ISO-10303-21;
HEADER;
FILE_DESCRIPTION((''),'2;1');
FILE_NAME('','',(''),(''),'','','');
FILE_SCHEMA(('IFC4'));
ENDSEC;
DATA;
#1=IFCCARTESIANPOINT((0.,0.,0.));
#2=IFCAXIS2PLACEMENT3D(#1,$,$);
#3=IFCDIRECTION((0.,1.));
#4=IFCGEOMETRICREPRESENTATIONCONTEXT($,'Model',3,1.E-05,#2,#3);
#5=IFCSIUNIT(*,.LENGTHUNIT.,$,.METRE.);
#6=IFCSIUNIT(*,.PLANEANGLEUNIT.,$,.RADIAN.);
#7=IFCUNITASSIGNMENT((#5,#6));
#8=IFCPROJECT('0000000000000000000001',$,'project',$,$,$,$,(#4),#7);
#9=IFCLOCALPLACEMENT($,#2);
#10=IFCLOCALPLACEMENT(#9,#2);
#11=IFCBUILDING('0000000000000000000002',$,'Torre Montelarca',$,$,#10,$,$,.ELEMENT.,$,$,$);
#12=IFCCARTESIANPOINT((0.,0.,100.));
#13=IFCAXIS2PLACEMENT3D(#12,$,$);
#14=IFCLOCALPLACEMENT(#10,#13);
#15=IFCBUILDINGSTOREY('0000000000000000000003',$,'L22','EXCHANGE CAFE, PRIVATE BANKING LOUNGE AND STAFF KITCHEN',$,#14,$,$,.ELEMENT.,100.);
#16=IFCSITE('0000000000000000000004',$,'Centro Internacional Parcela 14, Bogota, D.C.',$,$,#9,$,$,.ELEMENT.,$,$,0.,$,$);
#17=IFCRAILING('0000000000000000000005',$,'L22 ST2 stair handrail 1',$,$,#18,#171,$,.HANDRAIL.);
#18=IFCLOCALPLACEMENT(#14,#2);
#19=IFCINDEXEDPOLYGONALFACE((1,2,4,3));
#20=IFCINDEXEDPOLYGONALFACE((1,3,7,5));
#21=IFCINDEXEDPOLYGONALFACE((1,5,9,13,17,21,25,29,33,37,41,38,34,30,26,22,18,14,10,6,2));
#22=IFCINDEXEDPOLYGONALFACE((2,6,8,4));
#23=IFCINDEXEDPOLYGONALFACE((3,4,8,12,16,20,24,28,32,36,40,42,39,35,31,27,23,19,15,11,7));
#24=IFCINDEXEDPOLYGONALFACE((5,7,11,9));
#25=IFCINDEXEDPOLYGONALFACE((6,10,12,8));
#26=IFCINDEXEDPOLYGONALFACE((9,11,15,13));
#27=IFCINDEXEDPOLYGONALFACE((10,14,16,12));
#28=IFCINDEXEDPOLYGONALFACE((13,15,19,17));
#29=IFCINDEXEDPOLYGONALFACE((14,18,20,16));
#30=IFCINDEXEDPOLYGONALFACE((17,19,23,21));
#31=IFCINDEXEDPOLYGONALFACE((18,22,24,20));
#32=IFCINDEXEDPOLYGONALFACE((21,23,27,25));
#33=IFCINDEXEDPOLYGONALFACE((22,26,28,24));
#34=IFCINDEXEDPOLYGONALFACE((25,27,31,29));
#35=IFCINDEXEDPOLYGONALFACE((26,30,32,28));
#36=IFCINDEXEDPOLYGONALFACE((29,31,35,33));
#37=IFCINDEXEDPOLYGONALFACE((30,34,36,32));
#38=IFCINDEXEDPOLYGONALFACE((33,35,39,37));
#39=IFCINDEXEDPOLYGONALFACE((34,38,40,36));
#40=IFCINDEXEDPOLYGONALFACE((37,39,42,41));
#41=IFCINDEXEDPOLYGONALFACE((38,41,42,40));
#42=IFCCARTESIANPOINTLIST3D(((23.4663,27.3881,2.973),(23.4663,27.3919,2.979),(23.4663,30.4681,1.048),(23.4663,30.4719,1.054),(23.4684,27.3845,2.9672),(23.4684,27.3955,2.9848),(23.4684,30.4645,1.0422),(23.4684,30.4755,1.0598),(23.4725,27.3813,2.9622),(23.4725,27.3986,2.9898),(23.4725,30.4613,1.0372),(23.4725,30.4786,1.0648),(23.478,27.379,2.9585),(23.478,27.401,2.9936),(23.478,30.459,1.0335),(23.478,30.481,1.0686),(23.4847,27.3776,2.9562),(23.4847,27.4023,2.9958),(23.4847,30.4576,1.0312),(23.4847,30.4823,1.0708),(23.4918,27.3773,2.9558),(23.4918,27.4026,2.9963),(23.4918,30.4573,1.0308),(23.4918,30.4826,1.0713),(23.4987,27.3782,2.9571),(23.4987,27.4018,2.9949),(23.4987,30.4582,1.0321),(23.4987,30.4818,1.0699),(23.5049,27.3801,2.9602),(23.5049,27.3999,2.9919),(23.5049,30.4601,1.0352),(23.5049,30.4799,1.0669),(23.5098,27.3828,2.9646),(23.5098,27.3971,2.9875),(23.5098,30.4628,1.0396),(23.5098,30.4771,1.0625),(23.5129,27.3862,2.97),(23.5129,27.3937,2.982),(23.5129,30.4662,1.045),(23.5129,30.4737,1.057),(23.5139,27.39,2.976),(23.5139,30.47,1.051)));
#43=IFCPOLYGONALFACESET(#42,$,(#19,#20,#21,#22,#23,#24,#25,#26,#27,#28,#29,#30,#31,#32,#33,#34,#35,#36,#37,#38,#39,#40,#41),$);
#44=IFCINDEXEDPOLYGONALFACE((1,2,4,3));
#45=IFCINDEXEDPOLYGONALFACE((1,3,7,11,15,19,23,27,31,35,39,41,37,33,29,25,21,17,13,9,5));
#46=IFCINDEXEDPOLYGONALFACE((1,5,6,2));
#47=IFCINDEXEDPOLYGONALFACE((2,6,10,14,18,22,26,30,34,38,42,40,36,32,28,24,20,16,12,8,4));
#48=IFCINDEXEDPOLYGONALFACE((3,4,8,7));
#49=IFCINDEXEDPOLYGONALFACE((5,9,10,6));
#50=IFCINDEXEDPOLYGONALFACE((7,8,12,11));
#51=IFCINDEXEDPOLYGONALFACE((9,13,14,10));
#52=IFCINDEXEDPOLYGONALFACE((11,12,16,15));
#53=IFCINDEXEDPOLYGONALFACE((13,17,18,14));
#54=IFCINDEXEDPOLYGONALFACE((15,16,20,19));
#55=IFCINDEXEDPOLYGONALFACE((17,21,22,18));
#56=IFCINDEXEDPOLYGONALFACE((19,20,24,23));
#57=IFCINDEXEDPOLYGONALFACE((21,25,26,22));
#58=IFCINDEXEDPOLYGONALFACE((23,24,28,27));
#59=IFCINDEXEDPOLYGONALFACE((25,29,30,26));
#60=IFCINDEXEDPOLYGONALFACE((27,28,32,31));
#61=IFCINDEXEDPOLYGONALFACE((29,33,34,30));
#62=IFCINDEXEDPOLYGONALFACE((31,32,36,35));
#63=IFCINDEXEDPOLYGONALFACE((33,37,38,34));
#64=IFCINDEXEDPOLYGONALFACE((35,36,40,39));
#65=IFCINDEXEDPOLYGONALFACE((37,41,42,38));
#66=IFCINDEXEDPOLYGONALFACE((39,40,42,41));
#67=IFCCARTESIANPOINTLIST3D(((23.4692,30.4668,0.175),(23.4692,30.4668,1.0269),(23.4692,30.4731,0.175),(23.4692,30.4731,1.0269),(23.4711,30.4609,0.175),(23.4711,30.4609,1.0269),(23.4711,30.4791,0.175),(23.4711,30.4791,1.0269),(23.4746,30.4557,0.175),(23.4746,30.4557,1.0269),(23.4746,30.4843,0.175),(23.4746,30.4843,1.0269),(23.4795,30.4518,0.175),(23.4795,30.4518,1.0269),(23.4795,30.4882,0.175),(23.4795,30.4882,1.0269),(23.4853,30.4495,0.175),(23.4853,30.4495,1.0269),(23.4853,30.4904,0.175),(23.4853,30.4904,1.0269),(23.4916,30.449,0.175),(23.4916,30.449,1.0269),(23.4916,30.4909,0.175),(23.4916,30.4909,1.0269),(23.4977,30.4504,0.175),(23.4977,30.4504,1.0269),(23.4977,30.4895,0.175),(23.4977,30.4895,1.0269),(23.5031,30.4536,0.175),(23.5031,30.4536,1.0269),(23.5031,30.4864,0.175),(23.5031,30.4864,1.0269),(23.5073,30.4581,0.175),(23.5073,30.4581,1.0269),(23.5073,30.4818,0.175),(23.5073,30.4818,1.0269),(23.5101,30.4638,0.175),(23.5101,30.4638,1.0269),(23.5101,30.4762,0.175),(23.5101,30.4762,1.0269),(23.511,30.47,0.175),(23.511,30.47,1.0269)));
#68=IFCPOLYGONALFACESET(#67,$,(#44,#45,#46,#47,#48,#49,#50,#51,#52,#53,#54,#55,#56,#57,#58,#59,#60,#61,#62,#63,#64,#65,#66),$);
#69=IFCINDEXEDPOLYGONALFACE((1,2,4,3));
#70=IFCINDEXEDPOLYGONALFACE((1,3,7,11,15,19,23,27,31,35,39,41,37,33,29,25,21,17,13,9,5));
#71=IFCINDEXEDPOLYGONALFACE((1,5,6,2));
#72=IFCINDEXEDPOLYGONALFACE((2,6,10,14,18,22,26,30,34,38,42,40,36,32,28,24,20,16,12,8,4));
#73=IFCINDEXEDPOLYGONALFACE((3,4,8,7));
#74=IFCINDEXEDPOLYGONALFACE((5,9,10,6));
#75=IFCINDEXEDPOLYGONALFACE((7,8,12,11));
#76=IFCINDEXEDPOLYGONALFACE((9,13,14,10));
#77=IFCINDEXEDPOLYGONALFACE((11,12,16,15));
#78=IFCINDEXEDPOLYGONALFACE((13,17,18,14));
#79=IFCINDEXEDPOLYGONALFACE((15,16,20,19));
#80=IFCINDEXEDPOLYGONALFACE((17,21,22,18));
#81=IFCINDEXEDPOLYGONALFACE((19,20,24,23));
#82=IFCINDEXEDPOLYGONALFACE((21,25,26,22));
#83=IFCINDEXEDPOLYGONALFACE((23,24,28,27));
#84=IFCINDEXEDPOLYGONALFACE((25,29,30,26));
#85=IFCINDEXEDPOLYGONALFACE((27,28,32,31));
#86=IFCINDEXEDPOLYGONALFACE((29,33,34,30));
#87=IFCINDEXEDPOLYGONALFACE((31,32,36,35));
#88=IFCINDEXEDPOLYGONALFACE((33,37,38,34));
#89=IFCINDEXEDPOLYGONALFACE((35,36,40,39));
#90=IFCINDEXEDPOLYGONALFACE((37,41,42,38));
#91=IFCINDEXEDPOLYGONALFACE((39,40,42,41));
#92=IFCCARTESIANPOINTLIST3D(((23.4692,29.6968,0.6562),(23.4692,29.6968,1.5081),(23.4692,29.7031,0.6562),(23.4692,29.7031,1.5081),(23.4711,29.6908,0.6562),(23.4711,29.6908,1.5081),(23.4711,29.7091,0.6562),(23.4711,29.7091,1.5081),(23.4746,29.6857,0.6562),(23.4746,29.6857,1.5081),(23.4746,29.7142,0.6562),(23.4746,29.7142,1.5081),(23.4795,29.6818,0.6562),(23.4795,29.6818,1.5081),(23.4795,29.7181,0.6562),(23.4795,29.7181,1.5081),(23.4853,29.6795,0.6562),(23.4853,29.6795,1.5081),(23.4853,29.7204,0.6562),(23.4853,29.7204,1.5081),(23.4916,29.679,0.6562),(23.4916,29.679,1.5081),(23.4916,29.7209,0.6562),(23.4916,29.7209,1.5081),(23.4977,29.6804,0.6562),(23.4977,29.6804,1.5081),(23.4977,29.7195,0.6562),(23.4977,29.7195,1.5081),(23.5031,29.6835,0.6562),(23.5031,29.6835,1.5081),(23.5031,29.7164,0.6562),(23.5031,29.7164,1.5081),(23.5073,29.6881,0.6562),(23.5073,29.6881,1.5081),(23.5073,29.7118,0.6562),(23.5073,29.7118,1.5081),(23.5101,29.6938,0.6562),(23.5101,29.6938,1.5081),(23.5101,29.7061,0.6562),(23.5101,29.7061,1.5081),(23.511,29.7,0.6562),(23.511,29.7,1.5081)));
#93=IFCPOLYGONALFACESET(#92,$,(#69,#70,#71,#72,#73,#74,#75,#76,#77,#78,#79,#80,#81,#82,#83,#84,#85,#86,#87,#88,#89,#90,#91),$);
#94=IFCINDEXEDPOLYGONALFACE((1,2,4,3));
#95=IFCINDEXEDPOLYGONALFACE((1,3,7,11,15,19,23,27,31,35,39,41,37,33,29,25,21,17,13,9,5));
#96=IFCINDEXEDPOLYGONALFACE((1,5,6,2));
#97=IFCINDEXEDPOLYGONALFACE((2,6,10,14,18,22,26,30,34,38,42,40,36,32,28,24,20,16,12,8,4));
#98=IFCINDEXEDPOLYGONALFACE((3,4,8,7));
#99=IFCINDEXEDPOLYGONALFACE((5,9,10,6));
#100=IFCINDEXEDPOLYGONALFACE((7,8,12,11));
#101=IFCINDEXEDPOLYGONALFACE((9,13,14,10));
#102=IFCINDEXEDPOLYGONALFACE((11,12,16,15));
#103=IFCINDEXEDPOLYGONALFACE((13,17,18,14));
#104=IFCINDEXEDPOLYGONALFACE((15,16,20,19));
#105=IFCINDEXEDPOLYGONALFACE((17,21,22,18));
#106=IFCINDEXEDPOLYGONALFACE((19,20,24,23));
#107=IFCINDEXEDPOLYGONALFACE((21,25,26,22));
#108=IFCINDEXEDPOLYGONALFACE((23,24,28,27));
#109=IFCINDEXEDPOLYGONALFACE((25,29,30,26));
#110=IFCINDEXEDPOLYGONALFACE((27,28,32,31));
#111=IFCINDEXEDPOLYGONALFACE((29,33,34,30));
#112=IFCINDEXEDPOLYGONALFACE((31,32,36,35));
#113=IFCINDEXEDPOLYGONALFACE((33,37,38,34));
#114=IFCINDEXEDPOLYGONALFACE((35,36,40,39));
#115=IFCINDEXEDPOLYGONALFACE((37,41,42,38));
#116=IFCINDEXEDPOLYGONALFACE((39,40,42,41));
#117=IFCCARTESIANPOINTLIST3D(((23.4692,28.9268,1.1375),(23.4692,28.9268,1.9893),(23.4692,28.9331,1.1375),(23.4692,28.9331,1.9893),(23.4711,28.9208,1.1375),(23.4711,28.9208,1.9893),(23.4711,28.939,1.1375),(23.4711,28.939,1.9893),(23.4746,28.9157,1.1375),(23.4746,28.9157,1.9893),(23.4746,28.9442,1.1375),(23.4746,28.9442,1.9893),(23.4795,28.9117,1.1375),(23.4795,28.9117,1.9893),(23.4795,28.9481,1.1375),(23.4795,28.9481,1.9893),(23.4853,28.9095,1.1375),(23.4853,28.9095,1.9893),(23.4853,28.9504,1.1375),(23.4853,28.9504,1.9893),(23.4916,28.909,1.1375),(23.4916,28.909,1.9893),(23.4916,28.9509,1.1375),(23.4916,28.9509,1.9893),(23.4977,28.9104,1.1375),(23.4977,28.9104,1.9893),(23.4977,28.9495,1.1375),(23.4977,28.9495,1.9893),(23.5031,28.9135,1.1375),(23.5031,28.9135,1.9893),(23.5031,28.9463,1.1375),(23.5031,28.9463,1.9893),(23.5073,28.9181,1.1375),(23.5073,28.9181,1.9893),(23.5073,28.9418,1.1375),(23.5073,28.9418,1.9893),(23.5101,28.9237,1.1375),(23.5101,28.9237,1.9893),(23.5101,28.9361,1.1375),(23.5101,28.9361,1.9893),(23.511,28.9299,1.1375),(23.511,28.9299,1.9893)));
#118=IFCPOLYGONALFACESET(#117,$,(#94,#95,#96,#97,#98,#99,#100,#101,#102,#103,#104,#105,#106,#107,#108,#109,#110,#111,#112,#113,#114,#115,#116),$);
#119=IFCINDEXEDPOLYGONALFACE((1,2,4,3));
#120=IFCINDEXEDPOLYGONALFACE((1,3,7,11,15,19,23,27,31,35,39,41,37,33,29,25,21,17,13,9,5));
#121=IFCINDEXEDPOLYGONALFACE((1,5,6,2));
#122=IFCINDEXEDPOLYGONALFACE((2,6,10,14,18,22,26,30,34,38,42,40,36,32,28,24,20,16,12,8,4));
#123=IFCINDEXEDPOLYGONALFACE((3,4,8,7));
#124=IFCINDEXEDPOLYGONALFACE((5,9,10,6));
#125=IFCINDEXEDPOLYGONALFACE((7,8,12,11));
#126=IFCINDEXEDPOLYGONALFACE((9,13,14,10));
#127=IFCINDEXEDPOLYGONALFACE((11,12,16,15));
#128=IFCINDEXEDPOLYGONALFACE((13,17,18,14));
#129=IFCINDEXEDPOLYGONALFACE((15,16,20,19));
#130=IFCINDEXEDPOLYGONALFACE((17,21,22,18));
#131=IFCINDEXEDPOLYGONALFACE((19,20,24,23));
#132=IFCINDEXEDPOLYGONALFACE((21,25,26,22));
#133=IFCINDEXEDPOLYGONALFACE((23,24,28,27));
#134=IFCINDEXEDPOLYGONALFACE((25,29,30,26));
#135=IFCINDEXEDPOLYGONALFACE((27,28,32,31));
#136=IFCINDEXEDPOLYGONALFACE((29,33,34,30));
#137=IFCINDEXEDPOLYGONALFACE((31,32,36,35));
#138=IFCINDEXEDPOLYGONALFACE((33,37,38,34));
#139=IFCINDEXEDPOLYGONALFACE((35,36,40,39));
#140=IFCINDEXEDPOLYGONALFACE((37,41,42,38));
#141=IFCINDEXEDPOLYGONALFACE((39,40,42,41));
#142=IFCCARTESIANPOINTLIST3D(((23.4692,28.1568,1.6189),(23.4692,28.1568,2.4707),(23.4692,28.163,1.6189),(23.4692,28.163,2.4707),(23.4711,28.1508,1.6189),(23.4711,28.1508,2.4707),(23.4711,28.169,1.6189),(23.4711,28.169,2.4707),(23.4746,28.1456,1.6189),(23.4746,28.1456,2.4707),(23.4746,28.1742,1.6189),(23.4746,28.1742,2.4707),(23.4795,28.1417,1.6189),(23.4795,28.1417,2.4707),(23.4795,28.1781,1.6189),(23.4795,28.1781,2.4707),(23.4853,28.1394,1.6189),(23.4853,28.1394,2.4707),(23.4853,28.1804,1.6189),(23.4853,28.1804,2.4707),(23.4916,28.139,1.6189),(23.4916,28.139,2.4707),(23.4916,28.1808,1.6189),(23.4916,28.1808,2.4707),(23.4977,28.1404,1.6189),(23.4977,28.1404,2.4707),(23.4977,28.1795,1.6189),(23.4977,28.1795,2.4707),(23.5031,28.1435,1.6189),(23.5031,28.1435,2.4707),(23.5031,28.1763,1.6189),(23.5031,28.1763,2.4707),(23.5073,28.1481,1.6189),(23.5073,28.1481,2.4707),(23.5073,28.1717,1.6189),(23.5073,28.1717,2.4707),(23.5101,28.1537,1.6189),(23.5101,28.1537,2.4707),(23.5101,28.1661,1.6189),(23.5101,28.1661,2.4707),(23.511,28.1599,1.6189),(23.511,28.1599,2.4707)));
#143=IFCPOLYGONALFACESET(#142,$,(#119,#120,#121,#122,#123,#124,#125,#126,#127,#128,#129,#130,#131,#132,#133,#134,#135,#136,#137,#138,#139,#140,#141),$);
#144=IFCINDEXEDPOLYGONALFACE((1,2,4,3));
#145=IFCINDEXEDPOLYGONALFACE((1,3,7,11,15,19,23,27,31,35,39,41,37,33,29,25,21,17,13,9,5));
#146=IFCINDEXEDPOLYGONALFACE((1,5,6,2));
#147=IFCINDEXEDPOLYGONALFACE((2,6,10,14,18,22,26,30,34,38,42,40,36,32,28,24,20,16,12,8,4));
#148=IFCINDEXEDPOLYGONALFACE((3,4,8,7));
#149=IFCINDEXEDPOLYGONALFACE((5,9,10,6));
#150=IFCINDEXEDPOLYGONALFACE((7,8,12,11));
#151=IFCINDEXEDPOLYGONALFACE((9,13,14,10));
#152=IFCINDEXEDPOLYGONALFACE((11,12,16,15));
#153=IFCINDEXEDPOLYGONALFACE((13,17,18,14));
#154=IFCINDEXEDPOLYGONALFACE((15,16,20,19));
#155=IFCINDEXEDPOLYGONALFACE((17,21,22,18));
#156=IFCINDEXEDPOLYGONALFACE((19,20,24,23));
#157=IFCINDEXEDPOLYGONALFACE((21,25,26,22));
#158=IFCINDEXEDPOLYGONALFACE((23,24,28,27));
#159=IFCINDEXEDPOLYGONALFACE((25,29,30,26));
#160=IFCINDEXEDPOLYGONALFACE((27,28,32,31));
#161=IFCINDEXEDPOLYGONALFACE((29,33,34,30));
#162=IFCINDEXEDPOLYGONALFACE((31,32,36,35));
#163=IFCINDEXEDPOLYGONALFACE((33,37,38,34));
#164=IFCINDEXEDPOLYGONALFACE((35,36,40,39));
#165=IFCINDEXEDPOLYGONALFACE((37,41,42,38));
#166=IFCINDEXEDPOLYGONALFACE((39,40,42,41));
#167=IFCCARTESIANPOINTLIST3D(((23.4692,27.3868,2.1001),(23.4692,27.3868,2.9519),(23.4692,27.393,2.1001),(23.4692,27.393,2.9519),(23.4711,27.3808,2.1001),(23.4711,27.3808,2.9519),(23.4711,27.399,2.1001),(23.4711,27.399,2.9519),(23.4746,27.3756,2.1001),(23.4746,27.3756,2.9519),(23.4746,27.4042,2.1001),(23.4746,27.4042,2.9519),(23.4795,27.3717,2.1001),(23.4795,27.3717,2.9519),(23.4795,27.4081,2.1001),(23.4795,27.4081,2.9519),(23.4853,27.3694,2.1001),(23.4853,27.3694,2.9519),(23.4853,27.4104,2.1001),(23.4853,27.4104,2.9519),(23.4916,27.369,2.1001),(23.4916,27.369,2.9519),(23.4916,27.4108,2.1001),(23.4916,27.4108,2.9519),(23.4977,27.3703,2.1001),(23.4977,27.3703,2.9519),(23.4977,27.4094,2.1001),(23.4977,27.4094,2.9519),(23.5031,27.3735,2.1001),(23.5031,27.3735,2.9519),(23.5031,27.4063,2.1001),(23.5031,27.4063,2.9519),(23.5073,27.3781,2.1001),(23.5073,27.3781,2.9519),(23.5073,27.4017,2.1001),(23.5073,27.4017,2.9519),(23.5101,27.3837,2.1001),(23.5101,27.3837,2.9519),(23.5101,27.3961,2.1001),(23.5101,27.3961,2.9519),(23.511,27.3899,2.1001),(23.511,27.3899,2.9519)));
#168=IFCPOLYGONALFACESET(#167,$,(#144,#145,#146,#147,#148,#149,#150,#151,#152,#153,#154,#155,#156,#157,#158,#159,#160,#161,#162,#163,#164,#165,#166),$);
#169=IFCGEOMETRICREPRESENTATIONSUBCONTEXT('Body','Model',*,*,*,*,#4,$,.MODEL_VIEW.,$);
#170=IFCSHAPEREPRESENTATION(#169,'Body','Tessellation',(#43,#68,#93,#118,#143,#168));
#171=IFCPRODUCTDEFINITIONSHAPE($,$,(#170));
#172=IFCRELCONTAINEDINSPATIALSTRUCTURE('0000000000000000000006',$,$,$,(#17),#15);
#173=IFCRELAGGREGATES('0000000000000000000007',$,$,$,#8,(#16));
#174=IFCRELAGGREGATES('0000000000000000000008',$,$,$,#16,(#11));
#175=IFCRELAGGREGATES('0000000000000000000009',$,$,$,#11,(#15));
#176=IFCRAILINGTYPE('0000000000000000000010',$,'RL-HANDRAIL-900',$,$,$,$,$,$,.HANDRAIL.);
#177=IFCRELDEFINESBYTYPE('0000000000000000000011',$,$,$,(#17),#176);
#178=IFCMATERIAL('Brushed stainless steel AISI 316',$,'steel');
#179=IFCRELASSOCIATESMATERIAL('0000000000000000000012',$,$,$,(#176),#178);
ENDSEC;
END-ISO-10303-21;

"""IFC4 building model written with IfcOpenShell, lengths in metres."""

from ifc_helpers import new_model, si_unit, direction, frame, origin, origin_2d, place, context, subcontext, project, spatial, circle, extrude, material, type_object, element, save


model = new_model("IFC4")

# Units and contexts
model_context = context("Model", 3, precision=1e-05, world=origin(), true_north=direction((0.0, 1.0)))
body_context = subcontext(model_context, "Body", "Model", "MODEL_VIEW")
ifc_project = project(units=[si_unit("LENGTHUNIT", "METRE"), si_unit("PLANEANGLEUNIT", "RADIAN")], contexts=[model_context])

# Site, building, storey
site_placement = place(None, origin())
site = spatial("IfcSite", under=ifc_project, at=site_placement, Name="Centro Internacional Parcela 14, Bogota, D.C.", CompositionType="ELEMENT", RefElevation=0.0)
building_placement = place(site_placement, origin())
building = spatial("IfcBuilding", under=site, at=building_placement, Name="Torre Montelarca", CompositionType="ELEMENT")
storey_placement = place(building_placement, frame((0.0, 0.0, 100.0)))
storey = spatial("IfcBuildingStorey", under=building, at=storey_placement, Name="L22", Description="EXCHANGE CAFE, PRIVATE BANKING LOUNGE AND STAFF KITCHEN", CompositionType="ELEMENT", Elevation=100.0)

# Railing
ifc_material_1 = material(Name="Brushed stainless steel AISI 316", Category="steel")
railing_type_1 = type_object("IfcRailingType", Name="RL-HANDRAIL-900", PredefinedType="HANDRAIL", material=ifc_material_1)
railing_1_placement = place(storey_placement, frame((23.49, 30.47, 0.175)))
element("IfcRailing", 1, at=railing_1_placement, inside=storey, type_object=railing_type_1, Name="L22 ST2 stair handrail 1", PredefinedType="HANDRAIL", context=body_context, shape_type="SweptSolid", body=[
    extrude(circle(Radius=0.0239, at=origin_2d()), frame((0.0, 0.0, 0.876), z_axis=(0.0, -0.847998, 0.529999), x_axis=(1.0, 0.0, 0.0)), (0.0, 0.0, 1.0), 3.6321),
    extrude(circle(Radius=0.021, at=origin_2d()), origin(), (0.0, 0.0, 1.0), 0.8518),
    extrude(circle(Radius=0.021, at=origin_2d()), frame((0.0, -0.77, 0.4812)), (0.0, 0.0, 1.0), 0.8518),
    extrude(circle(Radius=0.021, at=origin_2d()), frame((0.0, -1.54, 0.9624)), (0.0, 0.0, 1.0), 0.8518),
    extrude(circle(Radius=0.021, at=origin_2d()), frame((0.0, -2.3101, 1.4438)), (0.0, 0.0, 1.0), 0.8518),
    extrude(circle(Radius=0.021, at=origin_2d()), frame((0.0, -3.0801, 1.925)), (0.0, 0.0, 1.0), 0.8518),
])

save(model, "model.ifc")
